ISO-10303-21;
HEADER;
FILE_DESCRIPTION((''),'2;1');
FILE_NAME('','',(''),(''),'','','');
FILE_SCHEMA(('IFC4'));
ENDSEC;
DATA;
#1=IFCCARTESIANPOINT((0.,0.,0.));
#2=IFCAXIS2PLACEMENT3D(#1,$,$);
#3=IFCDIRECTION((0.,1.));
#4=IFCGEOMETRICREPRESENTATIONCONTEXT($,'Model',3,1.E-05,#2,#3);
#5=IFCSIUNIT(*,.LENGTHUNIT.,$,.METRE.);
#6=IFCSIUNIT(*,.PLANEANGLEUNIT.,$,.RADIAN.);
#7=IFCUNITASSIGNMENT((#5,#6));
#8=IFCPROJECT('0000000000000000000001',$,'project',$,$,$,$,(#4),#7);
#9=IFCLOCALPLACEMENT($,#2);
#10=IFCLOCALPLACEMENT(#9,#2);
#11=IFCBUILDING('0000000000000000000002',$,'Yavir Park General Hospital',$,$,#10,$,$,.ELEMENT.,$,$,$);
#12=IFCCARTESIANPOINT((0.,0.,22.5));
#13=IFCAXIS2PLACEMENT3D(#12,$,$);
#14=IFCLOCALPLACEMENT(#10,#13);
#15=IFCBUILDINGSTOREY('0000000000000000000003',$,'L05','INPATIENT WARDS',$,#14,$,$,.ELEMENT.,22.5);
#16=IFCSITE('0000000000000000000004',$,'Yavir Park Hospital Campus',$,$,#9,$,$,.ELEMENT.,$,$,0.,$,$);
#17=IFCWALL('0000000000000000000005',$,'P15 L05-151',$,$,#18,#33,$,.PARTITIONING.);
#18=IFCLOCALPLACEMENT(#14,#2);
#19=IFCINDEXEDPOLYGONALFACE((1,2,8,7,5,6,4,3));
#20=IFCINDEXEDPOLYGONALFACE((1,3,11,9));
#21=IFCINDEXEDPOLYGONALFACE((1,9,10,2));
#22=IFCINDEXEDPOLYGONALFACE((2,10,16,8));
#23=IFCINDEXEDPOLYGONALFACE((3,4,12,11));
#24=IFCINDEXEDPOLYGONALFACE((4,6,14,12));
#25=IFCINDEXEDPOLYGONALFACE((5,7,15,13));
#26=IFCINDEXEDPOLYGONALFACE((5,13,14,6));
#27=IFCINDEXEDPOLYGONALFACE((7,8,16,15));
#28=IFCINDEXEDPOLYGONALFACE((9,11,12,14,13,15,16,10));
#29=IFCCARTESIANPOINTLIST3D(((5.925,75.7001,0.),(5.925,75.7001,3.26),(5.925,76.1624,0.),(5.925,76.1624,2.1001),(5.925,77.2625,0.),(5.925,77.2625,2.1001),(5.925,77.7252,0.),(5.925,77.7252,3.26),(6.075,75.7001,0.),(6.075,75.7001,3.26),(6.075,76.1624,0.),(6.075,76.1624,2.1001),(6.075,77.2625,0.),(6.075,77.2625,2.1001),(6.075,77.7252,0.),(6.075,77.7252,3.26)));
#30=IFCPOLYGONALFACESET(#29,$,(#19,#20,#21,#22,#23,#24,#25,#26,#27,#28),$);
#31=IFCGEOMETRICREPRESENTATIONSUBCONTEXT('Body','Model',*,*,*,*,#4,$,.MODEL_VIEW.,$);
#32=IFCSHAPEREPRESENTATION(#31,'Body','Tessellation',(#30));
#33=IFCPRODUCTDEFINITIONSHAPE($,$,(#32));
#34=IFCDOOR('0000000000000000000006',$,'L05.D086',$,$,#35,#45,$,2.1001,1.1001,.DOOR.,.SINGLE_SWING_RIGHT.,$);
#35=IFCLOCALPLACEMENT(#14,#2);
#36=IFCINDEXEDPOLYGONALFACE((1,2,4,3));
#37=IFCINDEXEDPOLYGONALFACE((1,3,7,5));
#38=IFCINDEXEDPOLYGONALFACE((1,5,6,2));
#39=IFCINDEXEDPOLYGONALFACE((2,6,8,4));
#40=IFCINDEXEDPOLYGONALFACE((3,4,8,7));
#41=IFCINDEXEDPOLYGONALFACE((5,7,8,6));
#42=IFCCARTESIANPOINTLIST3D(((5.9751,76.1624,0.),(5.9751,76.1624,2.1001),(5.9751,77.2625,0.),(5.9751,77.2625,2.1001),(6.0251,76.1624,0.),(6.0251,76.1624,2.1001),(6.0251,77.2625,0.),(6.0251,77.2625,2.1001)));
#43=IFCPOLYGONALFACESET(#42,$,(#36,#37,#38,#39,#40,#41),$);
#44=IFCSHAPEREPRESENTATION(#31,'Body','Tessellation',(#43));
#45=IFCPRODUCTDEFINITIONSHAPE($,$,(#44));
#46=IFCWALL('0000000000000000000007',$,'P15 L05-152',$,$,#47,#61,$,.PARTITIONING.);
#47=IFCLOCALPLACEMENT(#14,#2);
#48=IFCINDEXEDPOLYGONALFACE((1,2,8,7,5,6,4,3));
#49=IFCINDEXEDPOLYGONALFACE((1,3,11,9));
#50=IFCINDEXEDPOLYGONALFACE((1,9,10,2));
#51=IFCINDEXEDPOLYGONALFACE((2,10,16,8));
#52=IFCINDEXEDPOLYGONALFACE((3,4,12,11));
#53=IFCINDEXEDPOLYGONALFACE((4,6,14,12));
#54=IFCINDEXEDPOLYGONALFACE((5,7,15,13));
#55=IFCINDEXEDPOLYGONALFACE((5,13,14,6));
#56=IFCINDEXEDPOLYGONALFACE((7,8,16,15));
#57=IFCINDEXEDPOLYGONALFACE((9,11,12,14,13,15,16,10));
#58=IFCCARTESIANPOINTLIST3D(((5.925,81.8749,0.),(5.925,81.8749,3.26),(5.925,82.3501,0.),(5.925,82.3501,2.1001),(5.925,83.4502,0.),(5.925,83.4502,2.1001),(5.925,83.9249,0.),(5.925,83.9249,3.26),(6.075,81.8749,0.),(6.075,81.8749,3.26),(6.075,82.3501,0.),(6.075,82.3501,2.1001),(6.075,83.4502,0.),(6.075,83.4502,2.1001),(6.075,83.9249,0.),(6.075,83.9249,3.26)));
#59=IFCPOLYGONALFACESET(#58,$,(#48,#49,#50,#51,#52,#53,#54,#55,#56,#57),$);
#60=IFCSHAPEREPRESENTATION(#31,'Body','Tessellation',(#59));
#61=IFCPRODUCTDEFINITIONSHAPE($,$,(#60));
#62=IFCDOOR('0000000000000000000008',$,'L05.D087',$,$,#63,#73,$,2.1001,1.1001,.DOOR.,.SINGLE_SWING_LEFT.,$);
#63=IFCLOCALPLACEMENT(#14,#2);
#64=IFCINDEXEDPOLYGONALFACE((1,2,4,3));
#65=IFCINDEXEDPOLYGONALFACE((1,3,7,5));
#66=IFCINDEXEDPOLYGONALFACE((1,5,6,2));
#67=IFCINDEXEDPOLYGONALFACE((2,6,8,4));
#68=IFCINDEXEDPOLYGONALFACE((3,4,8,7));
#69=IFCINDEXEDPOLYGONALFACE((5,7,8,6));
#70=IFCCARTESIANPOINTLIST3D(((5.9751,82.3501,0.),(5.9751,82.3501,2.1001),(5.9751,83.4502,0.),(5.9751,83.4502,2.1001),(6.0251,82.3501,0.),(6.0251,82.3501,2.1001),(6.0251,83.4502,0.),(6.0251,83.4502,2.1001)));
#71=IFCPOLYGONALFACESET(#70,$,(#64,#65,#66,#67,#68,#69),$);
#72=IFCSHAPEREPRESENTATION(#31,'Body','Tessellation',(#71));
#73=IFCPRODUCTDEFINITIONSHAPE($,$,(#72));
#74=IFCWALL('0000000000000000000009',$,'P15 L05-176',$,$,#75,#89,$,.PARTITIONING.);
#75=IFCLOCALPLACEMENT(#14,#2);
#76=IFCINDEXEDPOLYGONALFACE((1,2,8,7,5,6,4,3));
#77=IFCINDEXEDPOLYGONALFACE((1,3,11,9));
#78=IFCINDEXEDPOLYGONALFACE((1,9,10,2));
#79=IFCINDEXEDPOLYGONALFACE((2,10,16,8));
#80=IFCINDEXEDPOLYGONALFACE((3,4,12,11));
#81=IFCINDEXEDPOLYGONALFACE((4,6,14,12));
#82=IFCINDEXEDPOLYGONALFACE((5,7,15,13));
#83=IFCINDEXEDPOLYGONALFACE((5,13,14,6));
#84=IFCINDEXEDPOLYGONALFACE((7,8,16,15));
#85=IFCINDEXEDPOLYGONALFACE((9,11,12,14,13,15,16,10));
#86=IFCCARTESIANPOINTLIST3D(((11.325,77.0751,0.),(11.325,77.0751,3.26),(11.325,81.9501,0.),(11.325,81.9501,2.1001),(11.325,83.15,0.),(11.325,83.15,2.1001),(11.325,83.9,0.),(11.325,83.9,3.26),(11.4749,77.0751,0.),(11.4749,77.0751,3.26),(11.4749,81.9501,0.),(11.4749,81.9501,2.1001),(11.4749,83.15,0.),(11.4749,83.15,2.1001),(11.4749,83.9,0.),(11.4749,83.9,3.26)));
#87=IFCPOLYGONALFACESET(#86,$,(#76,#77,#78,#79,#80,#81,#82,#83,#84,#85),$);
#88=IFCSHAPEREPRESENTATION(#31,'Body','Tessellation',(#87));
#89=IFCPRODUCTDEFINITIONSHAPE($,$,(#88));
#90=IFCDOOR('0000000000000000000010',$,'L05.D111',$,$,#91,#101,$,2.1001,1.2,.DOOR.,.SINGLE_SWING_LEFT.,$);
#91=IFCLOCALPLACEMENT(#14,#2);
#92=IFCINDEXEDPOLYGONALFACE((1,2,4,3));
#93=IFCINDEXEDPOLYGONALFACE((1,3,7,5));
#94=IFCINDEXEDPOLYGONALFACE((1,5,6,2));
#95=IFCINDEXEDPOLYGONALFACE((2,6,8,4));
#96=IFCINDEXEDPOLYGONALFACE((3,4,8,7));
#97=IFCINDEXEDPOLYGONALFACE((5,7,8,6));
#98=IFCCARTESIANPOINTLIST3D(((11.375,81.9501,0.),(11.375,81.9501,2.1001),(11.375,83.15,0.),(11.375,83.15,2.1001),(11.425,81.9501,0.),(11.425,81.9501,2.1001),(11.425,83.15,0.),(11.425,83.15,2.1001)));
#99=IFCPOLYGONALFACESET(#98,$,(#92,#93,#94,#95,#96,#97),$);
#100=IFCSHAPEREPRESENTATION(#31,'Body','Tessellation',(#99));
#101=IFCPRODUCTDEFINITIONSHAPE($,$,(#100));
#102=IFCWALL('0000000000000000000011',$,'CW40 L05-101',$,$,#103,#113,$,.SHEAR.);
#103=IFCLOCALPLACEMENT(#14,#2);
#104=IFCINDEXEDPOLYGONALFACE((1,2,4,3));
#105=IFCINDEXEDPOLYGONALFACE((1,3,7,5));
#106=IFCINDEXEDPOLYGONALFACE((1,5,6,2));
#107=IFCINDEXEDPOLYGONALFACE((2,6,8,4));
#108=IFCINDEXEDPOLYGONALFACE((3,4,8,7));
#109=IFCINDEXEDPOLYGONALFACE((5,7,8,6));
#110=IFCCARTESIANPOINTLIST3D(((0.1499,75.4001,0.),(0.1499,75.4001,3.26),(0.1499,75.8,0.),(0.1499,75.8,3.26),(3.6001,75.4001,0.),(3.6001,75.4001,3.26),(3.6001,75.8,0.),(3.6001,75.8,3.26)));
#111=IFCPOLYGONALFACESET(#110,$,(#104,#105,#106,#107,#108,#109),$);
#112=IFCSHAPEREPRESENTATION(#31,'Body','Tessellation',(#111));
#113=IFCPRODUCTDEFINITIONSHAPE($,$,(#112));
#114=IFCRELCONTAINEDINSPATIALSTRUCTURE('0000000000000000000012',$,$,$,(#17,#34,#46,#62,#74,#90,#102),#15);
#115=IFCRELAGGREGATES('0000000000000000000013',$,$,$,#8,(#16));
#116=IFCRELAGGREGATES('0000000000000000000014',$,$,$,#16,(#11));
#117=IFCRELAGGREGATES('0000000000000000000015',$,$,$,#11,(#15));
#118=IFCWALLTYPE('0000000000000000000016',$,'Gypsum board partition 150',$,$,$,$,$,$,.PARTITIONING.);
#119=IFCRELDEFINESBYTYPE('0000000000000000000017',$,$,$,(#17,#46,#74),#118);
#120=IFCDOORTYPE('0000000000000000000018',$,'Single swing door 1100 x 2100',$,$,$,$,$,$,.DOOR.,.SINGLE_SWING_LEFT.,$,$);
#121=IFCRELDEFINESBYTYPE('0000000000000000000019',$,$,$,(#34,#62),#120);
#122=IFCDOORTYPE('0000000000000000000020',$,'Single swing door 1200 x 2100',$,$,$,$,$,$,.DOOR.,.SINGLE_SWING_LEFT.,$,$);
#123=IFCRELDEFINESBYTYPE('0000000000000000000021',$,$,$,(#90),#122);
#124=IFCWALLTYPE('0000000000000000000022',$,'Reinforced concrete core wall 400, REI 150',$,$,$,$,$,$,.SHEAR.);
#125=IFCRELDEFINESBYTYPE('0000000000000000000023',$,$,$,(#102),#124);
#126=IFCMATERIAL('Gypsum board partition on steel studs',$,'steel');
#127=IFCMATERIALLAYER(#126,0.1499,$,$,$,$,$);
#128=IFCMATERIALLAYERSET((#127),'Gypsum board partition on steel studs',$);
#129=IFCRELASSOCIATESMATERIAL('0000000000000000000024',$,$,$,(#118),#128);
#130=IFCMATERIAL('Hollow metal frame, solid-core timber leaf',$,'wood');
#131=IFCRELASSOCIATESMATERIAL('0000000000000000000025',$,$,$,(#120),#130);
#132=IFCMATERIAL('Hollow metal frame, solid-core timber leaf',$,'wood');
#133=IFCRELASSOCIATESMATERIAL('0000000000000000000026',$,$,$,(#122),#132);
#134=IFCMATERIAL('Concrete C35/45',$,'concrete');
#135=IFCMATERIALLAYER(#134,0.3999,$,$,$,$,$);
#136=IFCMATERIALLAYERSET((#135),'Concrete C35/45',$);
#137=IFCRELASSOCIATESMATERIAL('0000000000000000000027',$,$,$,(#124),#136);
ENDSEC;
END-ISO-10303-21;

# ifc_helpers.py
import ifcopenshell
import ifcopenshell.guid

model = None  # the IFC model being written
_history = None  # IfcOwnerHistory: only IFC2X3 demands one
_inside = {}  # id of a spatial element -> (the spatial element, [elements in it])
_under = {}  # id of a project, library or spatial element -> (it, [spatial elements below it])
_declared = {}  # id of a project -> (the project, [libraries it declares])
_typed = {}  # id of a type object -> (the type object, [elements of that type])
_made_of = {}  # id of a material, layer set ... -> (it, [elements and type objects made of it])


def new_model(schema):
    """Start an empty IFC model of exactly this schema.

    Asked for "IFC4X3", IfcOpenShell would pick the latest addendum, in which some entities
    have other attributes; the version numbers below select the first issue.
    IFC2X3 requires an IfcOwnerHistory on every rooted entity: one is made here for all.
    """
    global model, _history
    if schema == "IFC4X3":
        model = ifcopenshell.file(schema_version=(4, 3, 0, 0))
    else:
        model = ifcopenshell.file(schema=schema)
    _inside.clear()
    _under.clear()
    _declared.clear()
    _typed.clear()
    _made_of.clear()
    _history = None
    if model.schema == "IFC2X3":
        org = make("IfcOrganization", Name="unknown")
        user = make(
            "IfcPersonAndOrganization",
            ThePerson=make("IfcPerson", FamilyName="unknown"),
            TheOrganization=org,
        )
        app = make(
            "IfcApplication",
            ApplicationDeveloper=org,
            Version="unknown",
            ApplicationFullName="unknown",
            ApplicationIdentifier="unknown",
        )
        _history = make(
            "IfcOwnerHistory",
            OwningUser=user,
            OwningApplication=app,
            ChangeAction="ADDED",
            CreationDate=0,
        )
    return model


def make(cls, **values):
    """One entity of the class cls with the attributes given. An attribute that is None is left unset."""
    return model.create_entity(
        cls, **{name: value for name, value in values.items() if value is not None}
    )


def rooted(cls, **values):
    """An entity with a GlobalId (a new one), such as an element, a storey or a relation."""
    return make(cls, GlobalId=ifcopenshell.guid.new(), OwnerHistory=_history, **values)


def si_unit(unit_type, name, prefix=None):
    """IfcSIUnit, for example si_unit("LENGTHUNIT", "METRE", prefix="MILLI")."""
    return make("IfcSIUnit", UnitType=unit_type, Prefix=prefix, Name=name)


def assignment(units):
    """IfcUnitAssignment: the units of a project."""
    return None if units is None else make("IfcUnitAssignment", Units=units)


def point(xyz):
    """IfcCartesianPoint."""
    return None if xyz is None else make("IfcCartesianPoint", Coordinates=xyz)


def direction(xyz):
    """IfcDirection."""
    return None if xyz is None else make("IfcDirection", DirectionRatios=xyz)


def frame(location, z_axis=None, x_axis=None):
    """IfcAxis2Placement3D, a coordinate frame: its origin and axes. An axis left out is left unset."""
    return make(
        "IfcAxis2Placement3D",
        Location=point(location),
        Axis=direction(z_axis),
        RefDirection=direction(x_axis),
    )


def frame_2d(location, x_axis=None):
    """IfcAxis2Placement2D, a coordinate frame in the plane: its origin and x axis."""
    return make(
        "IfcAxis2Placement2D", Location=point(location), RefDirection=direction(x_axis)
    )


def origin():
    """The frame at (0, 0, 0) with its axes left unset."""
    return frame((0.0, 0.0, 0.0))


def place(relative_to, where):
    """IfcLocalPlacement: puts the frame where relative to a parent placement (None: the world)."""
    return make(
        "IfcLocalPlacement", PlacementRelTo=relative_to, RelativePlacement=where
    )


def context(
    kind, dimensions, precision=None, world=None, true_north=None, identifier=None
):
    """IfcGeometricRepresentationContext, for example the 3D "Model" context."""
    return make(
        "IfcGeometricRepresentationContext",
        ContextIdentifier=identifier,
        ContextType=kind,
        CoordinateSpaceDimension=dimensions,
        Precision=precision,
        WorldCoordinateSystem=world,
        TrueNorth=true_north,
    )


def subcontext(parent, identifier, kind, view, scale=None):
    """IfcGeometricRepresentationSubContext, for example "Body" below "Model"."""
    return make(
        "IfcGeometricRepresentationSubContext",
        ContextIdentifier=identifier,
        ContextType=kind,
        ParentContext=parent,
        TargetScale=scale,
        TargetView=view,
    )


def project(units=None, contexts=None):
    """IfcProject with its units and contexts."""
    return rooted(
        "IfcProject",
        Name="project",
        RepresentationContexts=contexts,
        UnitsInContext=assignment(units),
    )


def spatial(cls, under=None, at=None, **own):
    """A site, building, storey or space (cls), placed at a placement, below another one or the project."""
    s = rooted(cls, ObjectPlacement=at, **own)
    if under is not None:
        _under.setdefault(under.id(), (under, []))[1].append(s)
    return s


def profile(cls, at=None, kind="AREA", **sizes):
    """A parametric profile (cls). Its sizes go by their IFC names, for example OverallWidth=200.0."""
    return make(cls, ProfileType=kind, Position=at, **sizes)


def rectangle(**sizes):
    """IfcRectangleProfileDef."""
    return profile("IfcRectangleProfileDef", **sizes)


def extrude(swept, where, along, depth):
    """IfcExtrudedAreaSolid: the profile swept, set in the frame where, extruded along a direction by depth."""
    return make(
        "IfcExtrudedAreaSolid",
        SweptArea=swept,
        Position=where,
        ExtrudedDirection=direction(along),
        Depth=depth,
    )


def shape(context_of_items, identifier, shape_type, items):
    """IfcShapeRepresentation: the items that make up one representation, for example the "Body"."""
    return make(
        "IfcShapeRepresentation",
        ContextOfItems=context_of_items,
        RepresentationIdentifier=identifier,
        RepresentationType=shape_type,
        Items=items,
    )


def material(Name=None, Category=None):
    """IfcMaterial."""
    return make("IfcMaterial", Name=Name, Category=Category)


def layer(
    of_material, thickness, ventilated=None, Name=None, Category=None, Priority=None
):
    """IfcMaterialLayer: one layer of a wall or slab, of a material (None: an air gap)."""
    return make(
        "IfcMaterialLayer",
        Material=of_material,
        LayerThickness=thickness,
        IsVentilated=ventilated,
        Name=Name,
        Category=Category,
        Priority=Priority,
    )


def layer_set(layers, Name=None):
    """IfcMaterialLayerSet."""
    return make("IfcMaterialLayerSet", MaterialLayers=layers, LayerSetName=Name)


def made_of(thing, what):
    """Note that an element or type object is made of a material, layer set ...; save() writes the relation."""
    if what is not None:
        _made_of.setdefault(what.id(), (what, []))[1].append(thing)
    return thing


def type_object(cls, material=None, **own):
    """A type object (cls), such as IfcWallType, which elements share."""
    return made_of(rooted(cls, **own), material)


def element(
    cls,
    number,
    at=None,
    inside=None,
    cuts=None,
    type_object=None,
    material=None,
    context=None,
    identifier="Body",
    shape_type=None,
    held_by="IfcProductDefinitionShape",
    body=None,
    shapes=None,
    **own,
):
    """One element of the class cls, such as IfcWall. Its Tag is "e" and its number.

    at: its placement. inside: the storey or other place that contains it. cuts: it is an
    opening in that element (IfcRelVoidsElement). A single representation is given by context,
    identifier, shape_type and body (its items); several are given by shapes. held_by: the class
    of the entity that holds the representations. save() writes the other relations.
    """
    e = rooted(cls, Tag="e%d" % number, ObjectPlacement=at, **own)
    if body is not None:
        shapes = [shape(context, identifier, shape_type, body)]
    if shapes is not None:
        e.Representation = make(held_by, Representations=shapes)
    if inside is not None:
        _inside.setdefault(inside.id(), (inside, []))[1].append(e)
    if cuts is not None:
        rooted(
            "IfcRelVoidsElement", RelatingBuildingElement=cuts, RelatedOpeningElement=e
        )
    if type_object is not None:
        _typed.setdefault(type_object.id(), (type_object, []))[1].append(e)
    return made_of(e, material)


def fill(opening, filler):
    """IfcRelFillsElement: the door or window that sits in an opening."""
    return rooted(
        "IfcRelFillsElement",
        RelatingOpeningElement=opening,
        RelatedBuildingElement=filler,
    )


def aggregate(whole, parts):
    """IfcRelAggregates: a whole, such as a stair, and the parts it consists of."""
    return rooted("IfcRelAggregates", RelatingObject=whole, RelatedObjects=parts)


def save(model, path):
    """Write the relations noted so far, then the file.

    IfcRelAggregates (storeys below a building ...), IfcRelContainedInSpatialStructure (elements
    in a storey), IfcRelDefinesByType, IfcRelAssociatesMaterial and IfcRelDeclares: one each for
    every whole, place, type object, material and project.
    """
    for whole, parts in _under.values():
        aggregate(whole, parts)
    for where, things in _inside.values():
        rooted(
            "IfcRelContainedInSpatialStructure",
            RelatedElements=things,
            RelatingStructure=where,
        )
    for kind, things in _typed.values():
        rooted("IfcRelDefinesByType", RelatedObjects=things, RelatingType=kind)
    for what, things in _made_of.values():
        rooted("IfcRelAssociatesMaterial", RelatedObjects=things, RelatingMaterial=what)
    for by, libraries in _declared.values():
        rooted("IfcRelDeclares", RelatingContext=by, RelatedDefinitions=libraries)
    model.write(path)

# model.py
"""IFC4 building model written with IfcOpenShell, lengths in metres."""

from ifc_helpers import new_model, si_unit, direction, frame, frame_2d, origin, place, context, subcontext, project, spatial, rectangle, extrude, material, layer, layer_set, type_object, element, fill, save


model = new_model("IFC4")

# Units and contexts
model_context = context("Model", 3, precision=1e-05, world=origin(), true_north=direction((0.0, 1.0)))
body_context = subcontext(model_context, "Body", "Model", "MODEL_VIEW")
ifc_project = project(units=[si_unit("LENGTHUNIT", "METRE"), si_unit("PLANEANGLEUNIT", "RADIAN")], contexts=[model_context])

# Site, building, storey
site_placement = place(None, origin())
site = spatial("IfcSite", under=ifc_project, at=site_placement, Name="Yavir Park Hospital Campus", CompositionType="ELEMENT", RefElevation=0.0)
building_placement = place(site_placement, origin())
building = spatial("IfcBuilding", under=site, at=building_placement, Name="Yavir Park General Hospital", CompositionType="ELEMENT")
storey_placement = place(building_placement, frame((0.0, 0.0, 22.5)))
storey = spatial("IfcBuildingStorey", under=building, at=storey_placement, Name="L05", Description="INPATIENT WARDS", CompositionType="ELEMENT", Elevation=22.5)

# Shared definitions
ifc_material_1 = material(Name="Gypsum board partition on steel studs", Category="steel")
ifc_layer_1 = layer(ifc_material_1, 0.1499)
ifc_layer_set_1 = layer_set([ifc_layer_1], Name="Gypsum board partition on steel studs")
wall_type_1 = type_object("IfcWallType", Name="Gypsum board partition 150", PredefinedType="PARTITIONING", material=ifc_layer_set_1)

# Walls, openings, doors
wall_1_placement = place(storey_placement, frame((6.0, 75.7, 0.0), z_axis=(0.0, 0.0, 1.0), x_axis=(0.0, 1.0, 0.0)))
wall_1 = element("IfcWall", 1, at=wall_1_placement, inside=storey, type_object=wall_type_1, Name="P15 L05-151", PredefinedType="PARTITIONING", context=body_context, shape_type="SweptSolid", body=[
    extrude(rectangle(XDim=2.0251, YDim=0.1499, at=frame_2d((1.0127, 0.0))), origin(), (0.0, 0.0, 1.0), 3.26),
])
opening_1_placement = place(wall_1_placement, frame((0.4624, 0.0, 0.0)))
opening_1 = element("IfcOpeningElement", 2, at=opening_1_placement, cuts=wall_1, PredefinedType="OPENING", context=body_context, shape_type="SweptSolid", body=[
    extrude(rectangle(XDim=1.1001, YDim=2.1001, at=frame_2d((0.55, 1.05))), frame((0.0, 0.085, 0.0), z_axis=(0.0, -1.0, 0.0), x_axis=(1.0, 0.0, 0.0)), (0.0, 0.0, 1.0), 0.1699),
])
ifc_material_2 = material(Name="Hollow metal frame, solid-core timber leaf", Category="wood")
door_type_1 = type_object("IfcDoorType", Name="Single swing door 1100 x 2100", OperationType="SINGLE_SWING_LEFT", PredefinedType="DOOR", material=ifc_material_2)
door_1_placement = place(opening_1_placement, origin())
door_1 = element("IfcDoor", 3, at=door_1_placement, inside=storey, type_object=door_type_1, Name="L05.D086", OperationType="SINGLE_SWING_RIGHT", OverallHeight=2.1001, OverallWidth=1.1001, PredefinedType="DOOR", context=body_context, shape_type="SweptSolid", body=[
    extrude(rectangle(XDim=1.1001, YDim=2.1001, at=frame_2d((0.55, 1.05))), frame((0.0, 0.0249, 0.0), z_axis=(0.0, -1.0, 0.0), x_axis=(1.0, 0.0, 0.0)), (0.0, 0.0, 1.0), 0.05),
])
fill(opening_1, door_1)
wall_2_placement = place(storey_placement, frame((6.0, 81.875, 0.0), z_axis=(0.0, 0.0, 1.0), x_axis=(0.0, 1.0, 0.0)))
wall_2 = element("IfcWall", 4, at=wall_2_placement, inside=storey, type_object=wall_type_1, Name="P15 L05-152", PredefinedType="PARTITIONING", context=body_context, shape_type="SweptSolid", body=[
    extrude(rectangle(XDim=2.05, YDim=0.1499, at=frame_2d((1.0249, 0.0))), origin(), (0.0, 0.0, 1.0), 3.26),
])
opening_2_placement = place(wall_2_placement, frame((0.4751, 0.0, 0.0)))
opening_2 = element("IfcOpeningElement", 5, at=opening_2_placement, cuts=wall_2, PredefinedType="OPENING", context=body_context, shape_type="SweptSolid", body=[
    extrude(rectangle(XDim=1.1001, YDim=2.1001, at=frame_2d((0.55, 1.05))), frame((0.0, 0.085, 0.0), z_axis=(0.0, -1.0, 0.0), x_axis=(1.0, 0.0, 0.0)), (0.0, 0.0, 1.0), 0.1699),
])
door_2_placement = place(opening_2_placement, origin())
door_2 = element("IfcDoor", 6, at=door_2_placement, inside=storey, type_object=door_type_1, Name="L05.D087", OperationType="SINGLE_SWING_LEFT", OverallHeight=2.1001, OverallWidth=1.1001, PredefinedType="DOOR", context=body_context, shape_type="SweptSolid", body=[
    extrude(rectangle(XDim=1.1001, YDim=2.1001, at=frame_2d((0.55, 1.05))), frame((0.0, 0.0249, 0.0), z_axis=(0.0, -1.0, 0.0), x_axis=(1.0, 0.0, 0.0)), (0.0, 0.0, 1.0), 0.05),
])
fill(opening_2, door_2)

# Wall, opening, door
wall_3_placement = place(storey_placement, frame((11.3999, 77.075, 0.0), z_axis=(0.0, 0.0, 1.0), x_axis=(0.0, 1.0, 0.0)))
wall_3 = element("IfcWall", 7, at=wall_3_placement, inside=storey, type_object=wall_type_1, Name="P15 L05-176", PredefinedType="PARTITIONING", context=body_context, shape_type="SweptSolid", body=[
    extrude(rectangle(XDim=6.825, YDim=0.1499, at=frame_2d((3.4126, 0.0))), origin(), (0.0, 0.0, 1.0), 3.26),
])
opening_3_placement = place(wall_3_placement, frame((4.875, 0.0, 0.0)))
opening_3 = element("IfcOpeningElement", 8, at=opening_3_placement, cuts=wall_3, PredefinedType="OPENING", context=body_context, shape_type="SweptSolid", body=[
    extrude(rectangle(XDim=1.2, YDim=2.1001, at=frame_2d((0.6001, 1.05))), frame((0.0, 0.085, 0.0), z_axis=(0.0, -1.0, 0.0), x_axis=(1.0, 0.0, 0.0)), (0.0, 0.0, 1.0), 0.1699),
])
ifc_material_3 = material(Name="Hollow metal frame, solid-core timber leaf", Category="wood")
door_type_2 = type_object("IfcDoorType", Name="Single swing door 1200 x 2100", OperationType="SINGLE_SWING_LEFT", PredefinedType="DOOR", material=ifc_material_3)
door_3_placement = place(opening_3_placement, origin())
door_3 = element("IfcDoor", 9, at=door_3_placement, inside=storey, type_object=door_type_2, Name="L05.D111", OperationType="SINGLE_SWING_LEFT", OverallHeight=2.1001, OverallWidth=1.2, PredefinedType="DOOR", context=body_context, shape_type="SweptSolid", body=[
    extrude(rectangle(XDim=1.2, YDim=2.1001, at=frame_2d((0.6001, 1.05))), frame((0.0, 0.0249, 0.0), z_axis=(0.0, -1.0, 0.0), x_axis=(1.0, 0.0, 0.0)), (0.0, 0.0, 1.0), 0.05),
])
fill(opening_3, door_3)

# Wall
ifc_material_4 = material(Name="Concrete C35/45", Category="concrete")
ifc_layer_2 = layer(ifc_material_4, 0.3999)
ifc_layer_set_2 = layer_set([ifc_layer_2], Name="Concrete C35/45")
wall_type_2 = type_object("IfcWallType", Name="Reinforced concrete core wall 400, REI 150", PredefinedType="SHEAR", material=ifc_layer_set_2)
wall_4_placement = place(storey_placement, frame((0.1499, 75.6001, 0.0), z_axis=(0.0, 0.0, 1.0), x_axis=(1.0, 0.0, 0.0)))
element("IfcWall", 10, at=wall_4_placement, inside=storey, type_object=wall_type_2, Name="CW40 L05-101", PredefinedType="SHEAR", context=body_context, shape_type="SweptSolid", body=[
    extrude(rectangle(XDim=3.4502, YDim=0.3999, at=frame_2d((1.7251, 0.0))), origin(), (0.0, 0.0, 1.0), 3.26),
])

save(model, "model.ifc")
